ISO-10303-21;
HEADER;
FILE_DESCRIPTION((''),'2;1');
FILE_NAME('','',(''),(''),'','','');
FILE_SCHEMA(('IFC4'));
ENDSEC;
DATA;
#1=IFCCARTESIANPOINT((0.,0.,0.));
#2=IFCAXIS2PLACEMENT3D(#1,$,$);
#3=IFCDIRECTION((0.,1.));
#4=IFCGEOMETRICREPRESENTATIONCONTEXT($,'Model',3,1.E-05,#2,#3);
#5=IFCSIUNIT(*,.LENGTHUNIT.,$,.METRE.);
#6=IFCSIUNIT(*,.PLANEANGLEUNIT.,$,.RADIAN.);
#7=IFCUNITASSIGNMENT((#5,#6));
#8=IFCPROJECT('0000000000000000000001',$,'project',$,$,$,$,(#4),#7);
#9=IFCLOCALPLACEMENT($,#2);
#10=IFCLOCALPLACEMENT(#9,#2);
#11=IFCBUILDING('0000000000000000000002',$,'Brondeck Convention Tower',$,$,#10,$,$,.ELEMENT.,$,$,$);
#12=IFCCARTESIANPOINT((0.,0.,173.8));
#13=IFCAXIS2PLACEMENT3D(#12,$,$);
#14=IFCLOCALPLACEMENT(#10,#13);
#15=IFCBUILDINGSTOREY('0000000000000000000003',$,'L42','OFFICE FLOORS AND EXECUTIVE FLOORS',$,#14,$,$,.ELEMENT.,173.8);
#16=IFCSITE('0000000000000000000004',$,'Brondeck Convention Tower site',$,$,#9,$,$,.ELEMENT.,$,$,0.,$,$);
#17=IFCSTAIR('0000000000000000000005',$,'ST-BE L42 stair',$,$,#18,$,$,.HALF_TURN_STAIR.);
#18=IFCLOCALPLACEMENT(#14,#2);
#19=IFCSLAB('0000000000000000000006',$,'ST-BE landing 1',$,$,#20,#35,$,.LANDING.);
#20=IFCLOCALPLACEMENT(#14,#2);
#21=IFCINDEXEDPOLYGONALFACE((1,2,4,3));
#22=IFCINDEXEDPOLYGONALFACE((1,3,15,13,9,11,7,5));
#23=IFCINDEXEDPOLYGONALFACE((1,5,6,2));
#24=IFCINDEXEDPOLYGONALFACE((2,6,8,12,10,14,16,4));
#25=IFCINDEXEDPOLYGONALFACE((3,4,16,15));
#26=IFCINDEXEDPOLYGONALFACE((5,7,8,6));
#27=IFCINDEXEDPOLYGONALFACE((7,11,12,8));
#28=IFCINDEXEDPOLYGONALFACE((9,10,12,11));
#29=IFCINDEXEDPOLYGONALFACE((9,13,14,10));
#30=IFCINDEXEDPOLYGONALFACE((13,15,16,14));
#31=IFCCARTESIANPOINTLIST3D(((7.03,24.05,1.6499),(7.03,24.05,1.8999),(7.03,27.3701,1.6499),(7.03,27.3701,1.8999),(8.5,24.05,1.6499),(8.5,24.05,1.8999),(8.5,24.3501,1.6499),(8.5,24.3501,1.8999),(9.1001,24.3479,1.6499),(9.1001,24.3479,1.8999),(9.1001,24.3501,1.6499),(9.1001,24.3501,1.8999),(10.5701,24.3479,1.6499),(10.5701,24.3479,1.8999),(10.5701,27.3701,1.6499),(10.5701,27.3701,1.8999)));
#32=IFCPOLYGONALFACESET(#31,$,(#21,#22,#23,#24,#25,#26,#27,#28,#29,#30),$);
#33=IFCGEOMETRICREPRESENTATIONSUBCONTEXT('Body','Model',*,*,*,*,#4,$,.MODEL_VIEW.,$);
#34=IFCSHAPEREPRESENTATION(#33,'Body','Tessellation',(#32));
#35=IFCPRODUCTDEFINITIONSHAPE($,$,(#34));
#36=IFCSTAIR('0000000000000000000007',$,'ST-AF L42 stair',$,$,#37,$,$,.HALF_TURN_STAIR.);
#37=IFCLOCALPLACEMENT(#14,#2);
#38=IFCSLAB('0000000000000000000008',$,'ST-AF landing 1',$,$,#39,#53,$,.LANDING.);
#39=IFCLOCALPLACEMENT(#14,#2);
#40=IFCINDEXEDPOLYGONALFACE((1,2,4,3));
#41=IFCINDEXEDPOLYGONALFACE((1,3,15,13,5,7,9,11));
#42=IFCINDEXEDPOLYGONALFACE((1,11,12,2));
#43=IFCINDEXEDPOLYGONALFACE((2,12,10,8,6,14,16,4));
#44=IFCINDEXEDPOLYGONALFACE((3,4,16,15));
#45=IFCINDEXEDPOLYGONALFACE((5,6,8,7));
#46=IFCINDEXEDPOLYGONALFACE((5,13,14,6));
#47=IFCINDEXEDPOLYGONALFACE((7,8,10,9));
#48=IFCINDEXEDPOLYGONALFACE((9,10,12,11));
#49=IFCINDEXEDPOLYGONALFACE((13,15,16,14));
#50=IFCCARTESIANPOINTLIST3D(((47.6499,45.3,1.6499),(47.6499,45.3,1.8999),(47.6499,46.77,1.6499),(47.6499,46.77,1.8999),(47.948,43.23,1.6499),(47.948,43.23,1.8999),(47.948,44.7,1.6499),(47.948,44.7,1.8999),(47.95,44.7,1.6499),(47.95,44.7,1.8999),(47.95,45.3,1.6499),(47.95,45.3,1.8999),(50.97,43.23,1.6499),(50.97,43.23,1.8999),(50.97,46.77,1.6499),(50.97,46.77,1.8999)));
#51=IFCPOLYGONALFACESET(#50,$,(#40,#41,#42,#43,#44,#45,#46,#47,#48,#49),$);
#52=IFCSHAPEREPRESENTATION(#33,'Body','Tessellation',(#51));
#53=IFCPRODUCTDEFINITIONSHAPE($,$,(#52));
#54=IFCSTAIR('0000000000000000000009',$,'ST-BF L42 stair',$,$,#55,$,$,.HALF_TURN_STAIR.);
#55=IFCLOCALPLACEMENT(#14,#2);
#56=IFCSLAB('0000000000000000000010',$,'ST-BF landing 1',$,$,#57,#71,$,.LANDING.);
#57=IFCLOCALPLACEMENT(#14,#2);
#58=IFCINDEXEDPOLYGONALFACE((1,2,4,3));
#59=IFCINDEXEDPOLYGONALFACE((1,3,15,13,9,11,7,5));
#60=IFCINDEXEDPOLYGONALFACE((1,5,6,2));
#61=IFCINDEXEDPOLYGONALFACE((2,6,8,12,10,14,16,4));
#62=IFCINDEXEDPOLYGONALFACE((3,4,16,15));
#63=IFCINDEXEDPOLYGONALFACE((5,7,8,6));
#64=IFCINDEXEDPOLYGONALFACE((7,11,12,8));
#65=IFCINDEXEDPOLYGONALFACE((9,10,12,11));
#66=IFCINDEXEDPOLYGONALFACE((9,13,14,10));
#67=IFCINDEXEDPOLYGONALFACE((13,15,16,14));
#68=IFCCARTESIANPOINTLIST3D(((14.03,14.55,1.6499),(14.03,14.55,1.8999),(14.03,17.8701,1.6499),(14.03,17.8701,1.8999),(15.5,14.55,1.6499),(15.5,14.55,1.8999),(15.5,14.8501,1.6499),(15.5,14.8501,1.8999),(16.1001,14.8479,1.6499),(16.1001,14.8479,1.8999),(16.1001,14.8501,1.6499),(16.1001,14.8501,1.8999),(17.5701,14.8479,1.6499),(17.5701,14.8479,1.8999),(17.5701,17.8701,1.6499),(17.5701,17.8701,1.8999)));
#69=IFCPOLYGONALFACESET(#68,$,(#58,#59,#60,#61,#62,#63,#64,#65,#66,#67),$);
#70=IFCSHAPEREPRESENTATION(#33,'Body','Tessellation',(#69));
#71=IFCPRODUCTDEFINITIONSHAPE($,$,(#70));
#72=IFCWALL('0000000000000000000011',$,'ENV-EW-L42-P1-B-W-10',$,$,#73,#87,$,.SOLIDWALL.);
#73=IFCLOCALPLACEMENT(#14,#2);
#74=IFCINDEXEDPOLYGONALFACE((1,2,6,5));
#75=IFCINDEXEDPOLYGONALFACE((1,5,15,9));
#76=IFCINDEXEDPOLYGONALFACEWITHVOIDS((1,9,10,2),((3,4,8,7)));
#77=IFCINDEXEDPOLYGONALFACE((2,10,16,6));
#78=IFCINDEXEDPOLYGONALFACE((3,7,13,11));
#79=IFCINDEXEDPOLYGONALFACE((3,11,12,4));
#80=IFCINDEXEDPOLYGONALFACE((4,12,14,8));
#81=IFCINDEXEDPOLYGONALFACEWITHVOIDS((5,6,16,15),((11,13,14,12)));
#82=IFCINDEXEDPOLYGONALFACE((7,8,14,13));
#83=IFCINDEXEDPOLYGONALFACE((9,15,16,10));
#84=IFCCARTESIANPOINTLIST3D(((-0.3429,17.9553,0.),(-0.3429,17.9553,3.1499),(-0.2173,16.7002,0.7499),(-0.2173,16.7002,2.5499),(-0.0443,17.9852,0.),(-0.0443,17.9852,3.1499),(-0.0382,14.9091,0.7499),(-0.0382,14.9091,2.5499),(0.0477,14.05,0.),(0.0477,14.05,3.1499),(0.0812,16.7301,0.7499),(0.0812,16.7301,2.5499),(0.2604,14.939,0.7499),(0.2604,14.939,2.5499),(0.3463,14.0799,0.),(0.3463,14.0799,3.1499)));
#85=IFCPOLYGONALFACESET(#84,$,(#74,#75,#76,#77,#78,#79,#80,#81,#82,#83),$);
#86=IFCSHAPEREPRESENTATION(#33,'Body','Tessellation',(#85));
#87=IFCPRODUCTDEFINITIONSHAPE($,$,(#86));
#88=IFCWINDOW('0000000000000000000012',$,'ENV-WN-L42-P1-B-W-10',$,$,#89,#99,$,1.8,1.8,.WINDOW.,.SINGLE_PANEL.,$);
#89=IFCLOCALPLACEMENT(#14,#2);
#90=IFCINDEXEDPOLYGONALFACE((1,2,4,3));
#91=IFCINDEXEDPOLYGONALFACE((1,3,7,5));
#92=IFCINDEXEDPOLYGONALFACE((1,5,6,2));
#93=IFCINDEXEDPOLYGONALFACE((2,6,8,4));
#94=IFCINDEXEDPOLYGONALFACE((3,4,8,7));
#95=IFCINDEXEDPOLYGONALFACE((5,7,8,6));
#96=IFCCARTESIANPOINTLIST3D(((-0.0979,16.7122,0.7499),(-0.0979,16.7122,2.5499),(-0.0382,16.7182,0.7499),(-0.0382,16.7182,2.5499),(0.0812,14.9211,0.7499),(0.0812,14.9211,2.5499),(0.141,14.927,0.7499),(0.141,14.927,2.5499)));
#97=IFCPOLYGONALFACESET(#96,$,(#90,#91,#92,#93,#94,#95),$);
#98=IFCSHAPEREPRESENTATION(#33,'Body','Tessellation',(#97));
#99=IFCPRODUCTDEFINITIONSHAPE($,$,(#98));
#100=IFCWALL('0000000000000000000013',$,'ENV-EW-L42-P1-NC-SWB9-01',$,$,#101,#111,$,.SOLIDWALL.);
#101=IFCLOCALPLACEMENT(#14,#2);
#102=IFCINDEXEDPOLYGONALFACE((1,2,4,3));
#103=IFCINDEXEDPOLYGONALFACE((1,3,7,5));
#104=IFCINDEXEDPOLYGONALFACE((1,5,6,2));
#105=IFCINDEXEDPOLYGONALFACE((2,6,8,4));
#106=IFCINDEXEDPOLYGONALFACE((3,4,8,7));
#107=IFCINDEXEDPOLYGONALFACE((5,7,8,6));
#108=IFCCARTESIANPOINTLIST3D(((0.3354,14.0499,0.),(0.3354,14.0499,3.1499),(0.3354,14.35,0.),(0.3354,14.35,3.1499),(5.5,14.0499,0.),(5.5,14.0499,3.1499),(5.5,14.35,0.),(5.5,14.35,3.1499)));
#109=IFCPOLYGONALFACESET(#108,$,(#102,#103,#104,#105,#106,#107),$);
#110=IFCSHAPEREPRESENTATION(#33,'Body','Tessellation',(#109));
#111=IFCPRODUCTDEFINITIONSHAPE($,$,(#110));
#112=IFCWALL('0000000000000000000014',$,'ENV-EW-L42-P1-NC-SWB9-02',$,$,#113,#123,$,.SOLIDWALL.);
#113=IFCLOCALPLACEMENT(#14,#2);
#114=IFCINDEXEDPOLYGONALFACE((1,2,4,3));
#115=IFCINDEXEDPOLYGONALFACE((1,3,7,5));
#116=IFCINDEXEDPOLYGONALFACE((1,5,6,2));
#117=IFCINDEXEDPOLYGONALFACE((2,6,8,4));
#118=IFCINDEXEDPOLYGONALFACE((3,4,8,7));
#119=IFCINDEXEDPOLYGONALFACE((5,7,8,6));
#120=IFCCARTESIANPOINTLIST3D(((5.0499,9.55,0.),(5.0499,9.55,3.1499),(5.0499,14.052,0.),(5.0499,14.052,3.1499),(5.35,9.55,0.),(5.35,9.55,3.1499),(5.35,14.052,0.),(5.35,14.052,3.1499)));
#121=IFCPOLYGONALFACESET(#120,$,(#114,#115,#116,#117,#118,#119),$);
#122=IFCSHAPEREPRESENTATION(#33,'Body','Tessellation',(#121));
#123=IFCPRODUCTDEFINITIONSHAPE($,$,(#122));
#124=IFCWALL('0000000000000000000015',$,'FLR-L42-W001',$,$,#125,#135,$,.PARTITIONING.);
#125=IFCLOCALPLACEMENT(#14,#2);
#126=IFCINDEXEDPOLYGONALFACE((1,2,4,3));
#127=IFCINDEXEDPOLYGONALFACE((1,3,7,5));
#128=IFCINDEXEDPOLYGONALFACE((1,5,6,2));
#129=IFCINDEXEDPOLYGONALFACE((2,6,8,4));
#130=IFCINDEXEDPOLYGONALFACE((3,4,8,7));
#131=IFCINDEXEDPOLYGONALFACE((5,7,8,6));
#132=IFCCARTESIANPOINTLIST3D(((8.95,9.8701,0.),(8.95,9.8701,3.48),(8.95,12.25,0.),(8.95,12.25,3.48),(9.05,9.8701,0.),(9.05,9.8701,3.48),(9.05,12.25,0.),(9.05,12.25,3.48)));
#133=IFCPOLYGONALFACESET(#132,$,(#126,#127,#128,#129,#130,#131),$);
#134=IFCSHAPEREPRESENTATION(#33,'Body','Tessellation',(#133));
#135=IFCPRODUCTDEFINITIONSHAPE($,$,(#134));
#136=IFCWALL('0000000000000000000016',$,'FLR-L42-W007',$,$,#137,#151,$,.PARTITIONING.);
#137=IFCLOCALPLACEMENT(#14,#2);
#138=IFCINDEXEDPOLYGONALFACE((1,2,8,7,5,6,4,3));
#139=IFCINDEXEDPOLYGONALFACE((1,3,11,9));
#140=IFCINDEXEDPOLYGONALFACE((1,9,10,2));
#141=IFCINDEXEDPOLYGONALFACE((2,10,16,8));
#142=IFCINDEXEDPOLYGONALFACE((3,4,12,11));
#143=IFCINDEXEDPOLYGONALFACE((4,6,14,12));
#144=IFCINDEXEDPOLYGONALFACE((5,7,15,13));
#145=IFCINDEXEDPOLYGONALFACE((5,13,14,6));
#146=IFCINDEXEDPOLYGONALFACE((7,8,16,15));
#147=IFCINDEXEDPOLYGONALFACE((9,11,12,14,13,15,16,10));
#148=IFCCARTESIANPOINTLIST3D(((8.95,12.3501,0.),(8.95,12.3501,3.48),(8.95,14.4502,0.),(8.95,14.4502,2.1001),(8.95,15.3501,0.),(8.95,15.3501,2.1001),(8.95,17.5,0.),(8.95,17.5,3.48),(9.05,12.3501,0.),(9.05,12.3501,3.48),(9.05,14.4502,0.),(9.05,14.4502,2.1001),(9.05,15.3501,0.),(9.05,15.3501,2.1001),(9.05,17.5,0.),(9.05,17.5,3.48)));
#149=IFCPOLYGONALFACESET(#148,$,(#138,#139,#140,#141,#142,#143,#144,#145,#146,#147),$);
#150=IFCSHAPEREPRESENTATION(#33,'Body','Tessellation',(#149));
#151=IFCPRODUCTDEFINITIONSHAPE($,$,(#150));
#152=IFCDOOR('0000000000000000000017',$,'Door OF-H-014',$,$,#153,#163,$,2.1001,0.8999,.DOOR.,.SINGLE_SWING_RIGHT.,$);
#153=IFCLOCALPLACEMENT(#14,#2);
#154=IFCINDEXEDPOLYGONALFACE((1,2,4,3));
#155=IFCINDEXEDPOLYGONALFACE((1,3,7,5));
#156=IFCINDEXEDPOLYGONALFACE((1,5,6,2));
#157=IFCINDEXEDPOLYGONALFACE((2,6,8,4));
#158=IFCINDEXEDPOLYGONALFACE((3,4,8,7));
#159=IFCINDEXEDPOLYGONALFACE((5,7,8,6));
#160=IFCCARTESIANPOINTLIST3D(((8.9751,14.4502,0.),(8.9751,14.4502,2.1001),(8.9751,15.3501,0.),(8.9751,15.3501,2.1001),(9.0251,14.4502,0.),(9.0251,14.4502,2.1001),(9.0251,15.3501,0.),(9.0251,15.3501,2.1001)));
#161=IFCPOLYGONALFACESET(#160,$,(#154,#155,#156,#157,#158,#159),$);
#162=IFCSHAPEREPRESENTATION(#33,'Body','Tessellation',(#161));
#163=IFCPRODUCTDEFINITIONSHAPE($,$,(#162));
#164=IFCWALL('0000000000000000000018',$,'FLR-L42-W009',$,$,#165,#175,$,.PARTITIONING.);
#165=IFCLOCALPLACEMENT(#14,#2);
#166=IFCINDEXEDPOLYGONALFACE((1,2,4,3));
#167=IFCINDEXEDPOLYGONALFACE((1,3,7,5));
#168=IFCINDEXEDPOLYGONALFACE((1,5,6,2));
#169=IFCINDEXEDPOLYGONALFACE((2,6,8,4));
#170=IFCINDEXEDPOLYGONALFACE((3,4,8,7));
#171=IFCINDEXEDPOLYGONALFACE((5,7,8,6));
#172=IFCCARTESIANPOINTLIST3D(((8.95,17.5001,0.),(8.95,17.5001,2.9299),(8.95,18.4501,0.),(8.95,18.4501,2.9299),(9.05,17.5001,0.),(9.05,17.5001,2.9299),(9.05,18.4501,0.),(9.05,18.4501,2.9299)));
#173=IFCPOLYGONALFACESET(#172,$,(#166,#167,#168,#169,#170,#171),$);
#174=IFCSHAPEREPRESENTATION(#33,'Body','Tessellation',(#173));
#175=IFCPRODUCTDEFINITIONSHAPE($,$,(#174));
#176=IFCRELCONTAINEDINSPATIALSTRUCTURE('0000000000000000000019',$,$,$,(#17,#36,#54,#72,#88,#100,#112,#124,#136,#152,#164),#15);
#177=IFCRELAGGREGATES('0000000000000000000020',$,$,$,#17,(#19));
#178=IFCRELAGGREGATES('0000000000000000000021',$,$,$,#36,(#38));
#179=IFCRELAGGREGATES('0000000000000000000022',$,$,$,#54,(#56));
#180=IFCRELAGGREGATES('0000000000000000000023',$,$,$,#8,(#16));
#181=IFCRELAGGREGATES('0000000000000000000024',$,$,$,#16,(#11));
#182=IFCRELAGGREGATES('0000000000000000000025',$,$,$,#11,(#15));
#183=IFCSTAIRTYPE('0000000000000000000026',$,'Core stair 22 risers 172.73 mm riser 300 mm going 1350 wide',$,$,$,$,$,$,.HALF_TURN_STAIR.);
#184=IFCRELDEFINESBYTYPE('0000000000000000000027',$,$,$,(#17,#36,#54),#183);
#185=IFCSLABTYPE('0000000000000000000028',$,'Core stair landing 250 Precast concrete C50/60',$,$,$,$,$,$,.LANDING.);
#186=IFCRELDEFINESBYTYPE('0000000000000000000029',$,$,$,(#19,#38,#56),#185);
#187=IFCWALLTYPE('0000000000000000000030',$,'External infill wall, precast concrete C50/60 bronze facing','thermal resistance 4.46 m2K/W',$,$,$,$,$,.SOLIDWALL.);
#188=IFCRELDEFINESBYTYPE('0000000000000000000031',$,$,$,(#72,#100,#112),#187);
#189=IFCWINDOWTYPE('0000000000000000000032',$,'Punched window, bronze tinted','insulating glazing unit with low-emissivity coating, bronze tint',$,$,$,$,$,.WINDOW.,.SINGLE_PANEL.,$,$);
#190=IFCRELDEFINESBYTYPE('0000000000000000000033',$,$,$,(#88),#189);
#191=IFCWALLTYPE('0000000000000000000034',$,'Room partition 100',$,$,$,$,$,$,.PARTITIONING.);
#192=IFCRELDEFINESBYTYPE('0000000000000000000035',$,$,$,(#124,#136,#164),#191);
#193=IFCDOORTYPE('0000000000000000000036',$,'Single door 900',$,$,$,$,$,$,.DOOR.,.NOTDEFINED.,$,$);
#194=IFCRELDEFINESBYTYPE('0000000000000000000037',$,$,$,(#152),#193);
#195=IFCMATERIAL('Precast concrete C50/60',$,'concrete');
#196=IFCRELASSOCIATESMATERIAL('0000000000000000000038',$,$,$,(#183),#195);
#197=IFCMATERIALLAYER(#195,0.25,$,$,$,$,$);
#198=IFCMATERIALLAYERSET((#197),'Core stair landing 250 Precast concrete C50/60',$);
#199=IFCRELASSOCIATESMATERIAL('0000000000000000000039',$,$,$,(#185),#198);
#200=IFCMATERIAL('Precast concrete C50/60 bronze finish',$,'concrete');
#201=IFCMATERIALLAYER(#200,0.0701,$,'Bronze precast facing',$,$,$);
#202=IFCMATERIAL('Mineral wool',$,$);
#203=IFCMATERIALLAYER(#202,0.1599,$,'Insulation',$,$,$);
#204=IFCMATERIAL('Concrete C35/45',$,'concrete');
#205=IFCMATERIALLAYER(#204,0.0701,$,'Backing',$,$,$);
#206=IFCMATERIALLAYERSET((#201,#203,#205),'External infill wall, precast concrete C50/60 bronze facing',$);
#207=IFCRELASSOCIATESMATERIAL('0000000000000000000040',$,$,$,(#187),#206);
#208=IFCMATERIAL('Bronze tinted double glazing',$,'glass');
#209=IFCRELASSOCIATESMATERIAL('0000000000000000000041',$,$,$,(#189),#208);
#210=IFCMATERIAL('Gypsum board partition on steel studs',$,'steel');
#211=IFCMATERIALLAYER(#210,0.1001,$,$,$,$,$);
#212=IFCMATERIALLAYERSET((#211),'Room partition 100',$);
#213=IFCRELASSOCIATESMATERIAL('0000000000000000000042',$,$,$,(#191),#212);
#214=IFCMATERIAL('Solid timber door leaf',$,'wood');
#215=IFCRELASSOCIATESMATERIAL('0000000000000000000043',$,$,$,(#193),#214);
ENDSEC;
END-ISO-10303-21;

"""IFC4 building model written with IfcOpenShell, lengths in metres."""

from ifc_helpers import new_model, si_unit, direction, frame, frame_2d, origin, place, context, subcontext, project, spatial, polyline, rectangle, outline, extrude, material, layer, layer_set, type_object, element, fill, aggregate, save


model = new_model("IFC4")

# Units and contexts
model_context = context("Model", 3, precision=1e-05, world=origin(), true_north=direction((0.0, 1.0)))
body_context = subcontext(model_context, "Body", "Model", "MODEL_VIEW")
ifc_project = project(units=[si_unit("LENGTHUNIT", "METRE"), si_unit("PLANEANGLEUNIT", "RADIAN")], contexts=[model_context])

# Site, building, storey
site_placement = place(None, origin())
site = spatial("IfcSite", under=ifc_project, at=site_placement, Name="Brondeck Convention Tower site", CompositionType="ELEMENT", RefElevation=0.0)
building_placement = place(site_placement, origin())
building = spatial("IfcBuilding", under=site, at=building_placement, Name="Brondeck Convention Tower", CompositionType="ELEMENT")
storey_placement = place(building_placement, frame((0.0, 0.0, 173.8)))
storey = spatial("IfcBuildingStorey", under=building, at=storey_placement, Name="L42", Description="OFFICE FLOORS AND EXECUTIVE FLOORS", CompositionType="ELEMENT", Elevation=173.8)

# Shared definitions
ifc_material_1 = material(Name="Concrete C35/45", Category="concrete")

# Stairs, slabs
ifc_material_2 = material(Name="Precast concrete C50/60", Category="concrete")
stair_type = type_object("IfcStairType", Name="Core stair 22 risers 172.73 mm riser 300 mm going 1350 wide", PredefinedType="HALF_TURN_STAIR", material=ifc_material_2)
ifc_layer_1 = layer(ifc_material_2, 0.25)
ifc_layer_set_1 = layer_set([ifc_layer_1], Name="Core stair landing 250 Precast concrete C50/60")
slab_type_1 = type_object("IfcSlabType", Name="Core stair landing 250 Precast concrete C50/60", PredefinedType="LANDING", material=ifc_layer_set_1)
stair_1_placement = place(storey_placement, origin())
stair_1 = element("IfcStair", 1, at=stair_1_placement, inside=storey, type_object=stair_type, Name="ST-BE L42 stair", PredefinedType="HALF_TURN_STAIR")
slab_1_placement = place(storey_placement, frame((0.0, 0.0, 1.6499)))
slab_1 = element("IfcSlab", 2, at=slab_1_placement, type_object=slab_type_1, Name="ST-BE landing 1", PredefinedType="LANDING", context=body_context, shape_type="SweptSolid", body=[
    extrude(outline(polyline([(7.03, 24.05), (7.03, 27.3701), (10.5701, 27.3701), (10.5701, 24.3479), (9.1001, 24.3479), (9.1001, 24.3501), (8.5, 24.3501), (8.5, 24.05), (7.03, 24.05)])), origin(), (0.0, 0.0, 1.0), 0.25),
])
aggregate(stair_1, [slab_1])
stair_2_placement = place(storey_placement, origin())
stair_2 = element("IfcStair", 3, at=stair_2_placement, inside=storey, type_object=stair_type, Name="ST-AF L42 stair", PredefinedType="HALF_TURN_STAIR")
slab_2_placement = place(storey_placement, frame((0.0, 0.0, 1.6499)))
slab_2 = element("IfcSlab", 4, at=slab_2_placement, type_object=slab_type_1, Name="ST-AF landing 1", PredefinedType="LANDING", context=body_context, shape_type="SweptSolid", body=[
    extrude(outline(polyline([(47.948, 44.7), (47.95, 44.7), (47.95, 45.3), (47.6499, 45.3), (47.6499, 46.77), (50.97, 46.77), (50.97, 43.23), (47.948, 43.23), (47.948, 44.7)])), origin(), (0.0, 0.0, 1.0), 0.25),
])
aggregate(stair_2, [slab_2])
stair_3_placement = place(storey_placement, origin())
stair_3 = element("IfcStair", 5, at=stair_3_placement, inside=storey, type_object=stair_type, Name="ST-BF L42 stair", PredefinedType="HALF_TURN_STAIR")
slab_3_placement = place(storey_placement, frame((0.0, 0.0, 1.6499)))
slab_3 = element("IfcSlab", 6, at=slab_3_placement, type_object=slab_type_1, Name="ST-BF landing 1", PredefinedType="LANDING", context=body_context, shape_type="SweptSolid", body=[
    extrude(outline(polyline([(14.03, 14.55), (14.03, 17.8701), (17.5701, 17.8701), (17.5701, 14.8479), (16.1001, 14.8479), (16.1001, 14.8501), (15.5, 14.8501), (15.5, 14.55), (14.03, 14.55)])), origin(), (0.0, 0.0, 1.0), 0.25),
])
aggregate(stair_3, [slab_3])

# Wall, opening, window
ifc_material_3 = material(Name="Precast concrete C50/60 bronze finish", Category="concrete")
ifc_layer_2 = layer(ifc_material_3, 0.0701, Name="Bronze precast facing")
ifc_material_4 = material(Name="Mineral wool")
ifc_layer_3 = layer(ifc_material_4, 0.1599, Name="Insulation")
ifc_layer_4 = layer(ifc_material_1, 0.0701, Name="Backing")
ifc_layer_set_2 = layer_set([ifc_layer_2, ifc_layer_3, ifc_layer_4], Name="External infill wall, precast concrete C50/60 bronze facing")
wall_type_1 = type_object("IfcWallType", Name="External infill wall, precast concrete C50/60 bronze facing", Description="thermal resistance 4.46 m2K/W", PredefinedType="SOLIDWALL", material=ifc_layer_set_2)
wall_1_placement = place(storey_placement, frame((0.197, 14.0649, 0.0), z_axis=(0.0, 0.0, 1.0), x_axis=(-0.099528, 0.995035, 0.0)))
wall_1 = element("IfcWall", 7, at=wall_1_placement, inside=storey, type_object=wall_type_1, Name="ENV-EW-L42-P1-B-W-10", PredefinedType="SOLIDWALL", context=body_context, shape_type="SweptSolid", body=[
    extrude(rectangle(XDim=3.9248, YDim=0.3, at=frame_2d((1.9624, 0.0))), origin(), (0.0, 0.0, 1.0), 3.1499),
])
opening_1_placement = place(wall_1_placement, frame((0.8635, 0.0, 0.75)))
opening_1 = element("IfcOpeningElement", 8, at=opening_1_placement, cuts=wall_1, PredefinedType="OPENING", context=body_context, shape_type="SweptSolid", body=[
    extrude(rectangle(XDim=1.8, YDim=1.8, at=frame_2d((0.8999, 0.8999))), frame((0.0, 0.1599, 0.0), z_axis=(0.0, -1.0, 0.0), x_axis=(1.0, 0.0, 0.0)), (0.0, 0.0, 1.0), 0.3201),
])
ifc_material_5 = material(Name="Bronze tinted double glazing", Category="glass")
window_type = type_object("IfcWindowType", Name="Punched window, bronze tinted", Description="insulating glazing unit with low-emissivity coating, bronze tint", PartitioningType="SINGLE_PANEL", PredefinedType="WINDOW", material=ifc_material_5)
window_placement = place(opening_1_placement, origin())
window = element("IfcWindow", 9, at=window_placement, inside=storey, type_object=window_type, Name="ENV-WN-L42-P1-B-W-10", OverallHeight=1.8, OverallWidth=1.8, PartitioningType="SINGLE_PANEL", PredefinedType="WINDOW", context=body_context, shape_type="SweptSolid", body=[
    extrude(rectangle(XDim=1.8, YDim=1.8, at=frame_2d((0.8999, 0.8999))), frame((0.0, 0.03, 0.0), z_axis=(0.0, -1.0, 0.0), x_axis=(1.0, 0.0, 0.0)), (0.0, 0.0, 1.0), 0.0601),
])
fill(opening_1, window)

# Walls
wall_2_placement = place(storey_placement, frame((5.5, 14.2, 0.0), z_axis=(0.0, 0.0, 1.0), x_axis=(-1.0, 0.0, 0.0)))
element("IfcWall", 10, at=wall_2_placement, inside=storey, type_object=wall_type_1, Name="ENV-EW-L42-P1-NC-SWB9-01", PredefinedType="SOLIDWALL", context=body_context, shape_type="SweptSolid", body=[
    extrude(rectangle(XDim=5.1646, YDim=0.3, at=frame_2d((2.5823, 0.0))), origin(), (0.0, 0.0, 1.0), 3.1499),
])
wall_3_placement = place(storey_placement, frame((5.2, 9.55, 0.0), z_axis=(0.0, 0.0, 1.0), x_axis=(0.0, 1.0, 0.0)))
element("IfcWall", 11, at=wall_3_placement, inside=storey, type_object=wall_type_1, Name="ENV-EW-L42-P1-NC-SWB9-02", PredefinedType="SOLIDWALL", context=body_context, shape_type="SweptSolid", body=[
    extrude(rectangle(XDim=4.502, YDim=0.3, at=frame_2d((2.251, 0.0))), origin(), (0.0, 0.0, 1.0), 3.1499),
])
ifc_material_6 = material(Name="Gypsum board partition on steel studs", Category="steel")
ifc_layer_5 = layer(ifc_material_6, 0.1001)
ifc_layer_set_3 = layer_set([ifc_layer_5], Name="Room partition 100")
wall_type_2 = type_object("IfcWallType", Name="Room partition 100", PredefinedType="PARTITIONING", material=ifc_layer_set_3)
wall_4_placement = place(storey_placement, frame((9.0, 9.8701, 0.0), z_axis=(0.0, 0.0, 1.0), x_axis=(0.0, 1.0, 0.0)))
element("IfcWall", 12, at=wall_4_placement, inside=storey, type_object=wall_type_2, Name="FLR-L42-W001", PredefinedType="PARTITIONING", context=body_context, shape_type="SweptSolid", body=[
    extrude(rectangle(XDim=2.3799, YDim=0.1001, at=frame_2d((1.1899, 0.0))), origin(), (0.0, 0.0, 1.0), 3.48),
])

# Wall, opening, door
wall_5_placement = place(storey_placement, frame((9.0, 12.3501, 0.0), z_axis=(0.0, 0.0, 1.0), x_axis=(0.0, 1.0, 0.0)))
wall_5 = element("IfcWall", 13, at=wall_5_placement, inside=storey, type_object=wall_type_2, Name="FLR-L42-W007", PredefinedType="PARTITIONING", context=body_context, shape_type="SweptSolid", body=[
    extrude(rectangle(XDim=5.1499, YDim=0.1001, at=frame_2d((2.575, 0.0))), origin(), (0.0, 0.0, 1.0), 3.48),
])
opening_2_placement = place(wall_5_placement, frame((2.1001, 0.0, 0.0)))
opening_2 = element("IfcOpeningElement", 14, at=opening_2_placement, cuts=wall_5, PredefinedType="OPENING", context=body_context, shape_type="SweptSolid", body=[
    extrude(rectangle(XDim=0.8999, YDim=2.1001, at=frame_2d((0.45, 1.05))), frame((0.0, 0.0601, 0.0), z_axis=(0.0, -1.0, 0.0), x_axis=(1.0, 0.0, 0.0)), (0.0, 0.0, 1.0), 0.1201),
])
ifc_material_7 = material(Name="Solid timber door leaf", Category="wood")
door_type = type_object("IfcDoorType", Name="Single door 900", OperationType="NOTDEFINED", PredefinedType="DOOR", material=ifc_material_7)
door_placement = place(opening_2_placement, origin())
door = element("IfcDoor", 15, at=door_placement, inside=storey, type_object=door_type, Name="Door OF-H-014", OperationType="SINGLE_SWING_RIGHT", OverallHeight=2.1001, OverallWidth=0.8999, PredefinedType="DOOR", context=body_context, shape_type="SweptSolid", body=[
    extrude(rectangle(XDim=0.8999, YDim=2.1001, at=frame_2d((0.45, 1.05))), frame((0.0, 0.0249, 0.0), z_axis=(0.0, -1.0, 0.0), x_axis=(1.0, 0.0, 0.0)), (0.0, 0.0, 1.0), 0.05),
])
fill(opening_2, door)

# Wall
wall_6_placement = place(storey_placement, frame((9.0, 17.5, 0.0), z_axis=(0.0, 0.0, 1.0), x_axis=(0.0, 1.0, 0.0)))
element("IfcWall", 16, at=wall_6_placement, inside=storey, type_object=wall_type_2, Name="FLR-L42-W009", PredefinedType="PARTITIONING", context=body_context, shape_type="SweptSolid", body=[
    extrude(rectangle(XDim=0.95, YDim=0.1001, at=frame_2d((0.4751, 0.0))), origin(), (0.0, 0.0, 1.0), 2.9299),
])

save(model, "model.ifc")
